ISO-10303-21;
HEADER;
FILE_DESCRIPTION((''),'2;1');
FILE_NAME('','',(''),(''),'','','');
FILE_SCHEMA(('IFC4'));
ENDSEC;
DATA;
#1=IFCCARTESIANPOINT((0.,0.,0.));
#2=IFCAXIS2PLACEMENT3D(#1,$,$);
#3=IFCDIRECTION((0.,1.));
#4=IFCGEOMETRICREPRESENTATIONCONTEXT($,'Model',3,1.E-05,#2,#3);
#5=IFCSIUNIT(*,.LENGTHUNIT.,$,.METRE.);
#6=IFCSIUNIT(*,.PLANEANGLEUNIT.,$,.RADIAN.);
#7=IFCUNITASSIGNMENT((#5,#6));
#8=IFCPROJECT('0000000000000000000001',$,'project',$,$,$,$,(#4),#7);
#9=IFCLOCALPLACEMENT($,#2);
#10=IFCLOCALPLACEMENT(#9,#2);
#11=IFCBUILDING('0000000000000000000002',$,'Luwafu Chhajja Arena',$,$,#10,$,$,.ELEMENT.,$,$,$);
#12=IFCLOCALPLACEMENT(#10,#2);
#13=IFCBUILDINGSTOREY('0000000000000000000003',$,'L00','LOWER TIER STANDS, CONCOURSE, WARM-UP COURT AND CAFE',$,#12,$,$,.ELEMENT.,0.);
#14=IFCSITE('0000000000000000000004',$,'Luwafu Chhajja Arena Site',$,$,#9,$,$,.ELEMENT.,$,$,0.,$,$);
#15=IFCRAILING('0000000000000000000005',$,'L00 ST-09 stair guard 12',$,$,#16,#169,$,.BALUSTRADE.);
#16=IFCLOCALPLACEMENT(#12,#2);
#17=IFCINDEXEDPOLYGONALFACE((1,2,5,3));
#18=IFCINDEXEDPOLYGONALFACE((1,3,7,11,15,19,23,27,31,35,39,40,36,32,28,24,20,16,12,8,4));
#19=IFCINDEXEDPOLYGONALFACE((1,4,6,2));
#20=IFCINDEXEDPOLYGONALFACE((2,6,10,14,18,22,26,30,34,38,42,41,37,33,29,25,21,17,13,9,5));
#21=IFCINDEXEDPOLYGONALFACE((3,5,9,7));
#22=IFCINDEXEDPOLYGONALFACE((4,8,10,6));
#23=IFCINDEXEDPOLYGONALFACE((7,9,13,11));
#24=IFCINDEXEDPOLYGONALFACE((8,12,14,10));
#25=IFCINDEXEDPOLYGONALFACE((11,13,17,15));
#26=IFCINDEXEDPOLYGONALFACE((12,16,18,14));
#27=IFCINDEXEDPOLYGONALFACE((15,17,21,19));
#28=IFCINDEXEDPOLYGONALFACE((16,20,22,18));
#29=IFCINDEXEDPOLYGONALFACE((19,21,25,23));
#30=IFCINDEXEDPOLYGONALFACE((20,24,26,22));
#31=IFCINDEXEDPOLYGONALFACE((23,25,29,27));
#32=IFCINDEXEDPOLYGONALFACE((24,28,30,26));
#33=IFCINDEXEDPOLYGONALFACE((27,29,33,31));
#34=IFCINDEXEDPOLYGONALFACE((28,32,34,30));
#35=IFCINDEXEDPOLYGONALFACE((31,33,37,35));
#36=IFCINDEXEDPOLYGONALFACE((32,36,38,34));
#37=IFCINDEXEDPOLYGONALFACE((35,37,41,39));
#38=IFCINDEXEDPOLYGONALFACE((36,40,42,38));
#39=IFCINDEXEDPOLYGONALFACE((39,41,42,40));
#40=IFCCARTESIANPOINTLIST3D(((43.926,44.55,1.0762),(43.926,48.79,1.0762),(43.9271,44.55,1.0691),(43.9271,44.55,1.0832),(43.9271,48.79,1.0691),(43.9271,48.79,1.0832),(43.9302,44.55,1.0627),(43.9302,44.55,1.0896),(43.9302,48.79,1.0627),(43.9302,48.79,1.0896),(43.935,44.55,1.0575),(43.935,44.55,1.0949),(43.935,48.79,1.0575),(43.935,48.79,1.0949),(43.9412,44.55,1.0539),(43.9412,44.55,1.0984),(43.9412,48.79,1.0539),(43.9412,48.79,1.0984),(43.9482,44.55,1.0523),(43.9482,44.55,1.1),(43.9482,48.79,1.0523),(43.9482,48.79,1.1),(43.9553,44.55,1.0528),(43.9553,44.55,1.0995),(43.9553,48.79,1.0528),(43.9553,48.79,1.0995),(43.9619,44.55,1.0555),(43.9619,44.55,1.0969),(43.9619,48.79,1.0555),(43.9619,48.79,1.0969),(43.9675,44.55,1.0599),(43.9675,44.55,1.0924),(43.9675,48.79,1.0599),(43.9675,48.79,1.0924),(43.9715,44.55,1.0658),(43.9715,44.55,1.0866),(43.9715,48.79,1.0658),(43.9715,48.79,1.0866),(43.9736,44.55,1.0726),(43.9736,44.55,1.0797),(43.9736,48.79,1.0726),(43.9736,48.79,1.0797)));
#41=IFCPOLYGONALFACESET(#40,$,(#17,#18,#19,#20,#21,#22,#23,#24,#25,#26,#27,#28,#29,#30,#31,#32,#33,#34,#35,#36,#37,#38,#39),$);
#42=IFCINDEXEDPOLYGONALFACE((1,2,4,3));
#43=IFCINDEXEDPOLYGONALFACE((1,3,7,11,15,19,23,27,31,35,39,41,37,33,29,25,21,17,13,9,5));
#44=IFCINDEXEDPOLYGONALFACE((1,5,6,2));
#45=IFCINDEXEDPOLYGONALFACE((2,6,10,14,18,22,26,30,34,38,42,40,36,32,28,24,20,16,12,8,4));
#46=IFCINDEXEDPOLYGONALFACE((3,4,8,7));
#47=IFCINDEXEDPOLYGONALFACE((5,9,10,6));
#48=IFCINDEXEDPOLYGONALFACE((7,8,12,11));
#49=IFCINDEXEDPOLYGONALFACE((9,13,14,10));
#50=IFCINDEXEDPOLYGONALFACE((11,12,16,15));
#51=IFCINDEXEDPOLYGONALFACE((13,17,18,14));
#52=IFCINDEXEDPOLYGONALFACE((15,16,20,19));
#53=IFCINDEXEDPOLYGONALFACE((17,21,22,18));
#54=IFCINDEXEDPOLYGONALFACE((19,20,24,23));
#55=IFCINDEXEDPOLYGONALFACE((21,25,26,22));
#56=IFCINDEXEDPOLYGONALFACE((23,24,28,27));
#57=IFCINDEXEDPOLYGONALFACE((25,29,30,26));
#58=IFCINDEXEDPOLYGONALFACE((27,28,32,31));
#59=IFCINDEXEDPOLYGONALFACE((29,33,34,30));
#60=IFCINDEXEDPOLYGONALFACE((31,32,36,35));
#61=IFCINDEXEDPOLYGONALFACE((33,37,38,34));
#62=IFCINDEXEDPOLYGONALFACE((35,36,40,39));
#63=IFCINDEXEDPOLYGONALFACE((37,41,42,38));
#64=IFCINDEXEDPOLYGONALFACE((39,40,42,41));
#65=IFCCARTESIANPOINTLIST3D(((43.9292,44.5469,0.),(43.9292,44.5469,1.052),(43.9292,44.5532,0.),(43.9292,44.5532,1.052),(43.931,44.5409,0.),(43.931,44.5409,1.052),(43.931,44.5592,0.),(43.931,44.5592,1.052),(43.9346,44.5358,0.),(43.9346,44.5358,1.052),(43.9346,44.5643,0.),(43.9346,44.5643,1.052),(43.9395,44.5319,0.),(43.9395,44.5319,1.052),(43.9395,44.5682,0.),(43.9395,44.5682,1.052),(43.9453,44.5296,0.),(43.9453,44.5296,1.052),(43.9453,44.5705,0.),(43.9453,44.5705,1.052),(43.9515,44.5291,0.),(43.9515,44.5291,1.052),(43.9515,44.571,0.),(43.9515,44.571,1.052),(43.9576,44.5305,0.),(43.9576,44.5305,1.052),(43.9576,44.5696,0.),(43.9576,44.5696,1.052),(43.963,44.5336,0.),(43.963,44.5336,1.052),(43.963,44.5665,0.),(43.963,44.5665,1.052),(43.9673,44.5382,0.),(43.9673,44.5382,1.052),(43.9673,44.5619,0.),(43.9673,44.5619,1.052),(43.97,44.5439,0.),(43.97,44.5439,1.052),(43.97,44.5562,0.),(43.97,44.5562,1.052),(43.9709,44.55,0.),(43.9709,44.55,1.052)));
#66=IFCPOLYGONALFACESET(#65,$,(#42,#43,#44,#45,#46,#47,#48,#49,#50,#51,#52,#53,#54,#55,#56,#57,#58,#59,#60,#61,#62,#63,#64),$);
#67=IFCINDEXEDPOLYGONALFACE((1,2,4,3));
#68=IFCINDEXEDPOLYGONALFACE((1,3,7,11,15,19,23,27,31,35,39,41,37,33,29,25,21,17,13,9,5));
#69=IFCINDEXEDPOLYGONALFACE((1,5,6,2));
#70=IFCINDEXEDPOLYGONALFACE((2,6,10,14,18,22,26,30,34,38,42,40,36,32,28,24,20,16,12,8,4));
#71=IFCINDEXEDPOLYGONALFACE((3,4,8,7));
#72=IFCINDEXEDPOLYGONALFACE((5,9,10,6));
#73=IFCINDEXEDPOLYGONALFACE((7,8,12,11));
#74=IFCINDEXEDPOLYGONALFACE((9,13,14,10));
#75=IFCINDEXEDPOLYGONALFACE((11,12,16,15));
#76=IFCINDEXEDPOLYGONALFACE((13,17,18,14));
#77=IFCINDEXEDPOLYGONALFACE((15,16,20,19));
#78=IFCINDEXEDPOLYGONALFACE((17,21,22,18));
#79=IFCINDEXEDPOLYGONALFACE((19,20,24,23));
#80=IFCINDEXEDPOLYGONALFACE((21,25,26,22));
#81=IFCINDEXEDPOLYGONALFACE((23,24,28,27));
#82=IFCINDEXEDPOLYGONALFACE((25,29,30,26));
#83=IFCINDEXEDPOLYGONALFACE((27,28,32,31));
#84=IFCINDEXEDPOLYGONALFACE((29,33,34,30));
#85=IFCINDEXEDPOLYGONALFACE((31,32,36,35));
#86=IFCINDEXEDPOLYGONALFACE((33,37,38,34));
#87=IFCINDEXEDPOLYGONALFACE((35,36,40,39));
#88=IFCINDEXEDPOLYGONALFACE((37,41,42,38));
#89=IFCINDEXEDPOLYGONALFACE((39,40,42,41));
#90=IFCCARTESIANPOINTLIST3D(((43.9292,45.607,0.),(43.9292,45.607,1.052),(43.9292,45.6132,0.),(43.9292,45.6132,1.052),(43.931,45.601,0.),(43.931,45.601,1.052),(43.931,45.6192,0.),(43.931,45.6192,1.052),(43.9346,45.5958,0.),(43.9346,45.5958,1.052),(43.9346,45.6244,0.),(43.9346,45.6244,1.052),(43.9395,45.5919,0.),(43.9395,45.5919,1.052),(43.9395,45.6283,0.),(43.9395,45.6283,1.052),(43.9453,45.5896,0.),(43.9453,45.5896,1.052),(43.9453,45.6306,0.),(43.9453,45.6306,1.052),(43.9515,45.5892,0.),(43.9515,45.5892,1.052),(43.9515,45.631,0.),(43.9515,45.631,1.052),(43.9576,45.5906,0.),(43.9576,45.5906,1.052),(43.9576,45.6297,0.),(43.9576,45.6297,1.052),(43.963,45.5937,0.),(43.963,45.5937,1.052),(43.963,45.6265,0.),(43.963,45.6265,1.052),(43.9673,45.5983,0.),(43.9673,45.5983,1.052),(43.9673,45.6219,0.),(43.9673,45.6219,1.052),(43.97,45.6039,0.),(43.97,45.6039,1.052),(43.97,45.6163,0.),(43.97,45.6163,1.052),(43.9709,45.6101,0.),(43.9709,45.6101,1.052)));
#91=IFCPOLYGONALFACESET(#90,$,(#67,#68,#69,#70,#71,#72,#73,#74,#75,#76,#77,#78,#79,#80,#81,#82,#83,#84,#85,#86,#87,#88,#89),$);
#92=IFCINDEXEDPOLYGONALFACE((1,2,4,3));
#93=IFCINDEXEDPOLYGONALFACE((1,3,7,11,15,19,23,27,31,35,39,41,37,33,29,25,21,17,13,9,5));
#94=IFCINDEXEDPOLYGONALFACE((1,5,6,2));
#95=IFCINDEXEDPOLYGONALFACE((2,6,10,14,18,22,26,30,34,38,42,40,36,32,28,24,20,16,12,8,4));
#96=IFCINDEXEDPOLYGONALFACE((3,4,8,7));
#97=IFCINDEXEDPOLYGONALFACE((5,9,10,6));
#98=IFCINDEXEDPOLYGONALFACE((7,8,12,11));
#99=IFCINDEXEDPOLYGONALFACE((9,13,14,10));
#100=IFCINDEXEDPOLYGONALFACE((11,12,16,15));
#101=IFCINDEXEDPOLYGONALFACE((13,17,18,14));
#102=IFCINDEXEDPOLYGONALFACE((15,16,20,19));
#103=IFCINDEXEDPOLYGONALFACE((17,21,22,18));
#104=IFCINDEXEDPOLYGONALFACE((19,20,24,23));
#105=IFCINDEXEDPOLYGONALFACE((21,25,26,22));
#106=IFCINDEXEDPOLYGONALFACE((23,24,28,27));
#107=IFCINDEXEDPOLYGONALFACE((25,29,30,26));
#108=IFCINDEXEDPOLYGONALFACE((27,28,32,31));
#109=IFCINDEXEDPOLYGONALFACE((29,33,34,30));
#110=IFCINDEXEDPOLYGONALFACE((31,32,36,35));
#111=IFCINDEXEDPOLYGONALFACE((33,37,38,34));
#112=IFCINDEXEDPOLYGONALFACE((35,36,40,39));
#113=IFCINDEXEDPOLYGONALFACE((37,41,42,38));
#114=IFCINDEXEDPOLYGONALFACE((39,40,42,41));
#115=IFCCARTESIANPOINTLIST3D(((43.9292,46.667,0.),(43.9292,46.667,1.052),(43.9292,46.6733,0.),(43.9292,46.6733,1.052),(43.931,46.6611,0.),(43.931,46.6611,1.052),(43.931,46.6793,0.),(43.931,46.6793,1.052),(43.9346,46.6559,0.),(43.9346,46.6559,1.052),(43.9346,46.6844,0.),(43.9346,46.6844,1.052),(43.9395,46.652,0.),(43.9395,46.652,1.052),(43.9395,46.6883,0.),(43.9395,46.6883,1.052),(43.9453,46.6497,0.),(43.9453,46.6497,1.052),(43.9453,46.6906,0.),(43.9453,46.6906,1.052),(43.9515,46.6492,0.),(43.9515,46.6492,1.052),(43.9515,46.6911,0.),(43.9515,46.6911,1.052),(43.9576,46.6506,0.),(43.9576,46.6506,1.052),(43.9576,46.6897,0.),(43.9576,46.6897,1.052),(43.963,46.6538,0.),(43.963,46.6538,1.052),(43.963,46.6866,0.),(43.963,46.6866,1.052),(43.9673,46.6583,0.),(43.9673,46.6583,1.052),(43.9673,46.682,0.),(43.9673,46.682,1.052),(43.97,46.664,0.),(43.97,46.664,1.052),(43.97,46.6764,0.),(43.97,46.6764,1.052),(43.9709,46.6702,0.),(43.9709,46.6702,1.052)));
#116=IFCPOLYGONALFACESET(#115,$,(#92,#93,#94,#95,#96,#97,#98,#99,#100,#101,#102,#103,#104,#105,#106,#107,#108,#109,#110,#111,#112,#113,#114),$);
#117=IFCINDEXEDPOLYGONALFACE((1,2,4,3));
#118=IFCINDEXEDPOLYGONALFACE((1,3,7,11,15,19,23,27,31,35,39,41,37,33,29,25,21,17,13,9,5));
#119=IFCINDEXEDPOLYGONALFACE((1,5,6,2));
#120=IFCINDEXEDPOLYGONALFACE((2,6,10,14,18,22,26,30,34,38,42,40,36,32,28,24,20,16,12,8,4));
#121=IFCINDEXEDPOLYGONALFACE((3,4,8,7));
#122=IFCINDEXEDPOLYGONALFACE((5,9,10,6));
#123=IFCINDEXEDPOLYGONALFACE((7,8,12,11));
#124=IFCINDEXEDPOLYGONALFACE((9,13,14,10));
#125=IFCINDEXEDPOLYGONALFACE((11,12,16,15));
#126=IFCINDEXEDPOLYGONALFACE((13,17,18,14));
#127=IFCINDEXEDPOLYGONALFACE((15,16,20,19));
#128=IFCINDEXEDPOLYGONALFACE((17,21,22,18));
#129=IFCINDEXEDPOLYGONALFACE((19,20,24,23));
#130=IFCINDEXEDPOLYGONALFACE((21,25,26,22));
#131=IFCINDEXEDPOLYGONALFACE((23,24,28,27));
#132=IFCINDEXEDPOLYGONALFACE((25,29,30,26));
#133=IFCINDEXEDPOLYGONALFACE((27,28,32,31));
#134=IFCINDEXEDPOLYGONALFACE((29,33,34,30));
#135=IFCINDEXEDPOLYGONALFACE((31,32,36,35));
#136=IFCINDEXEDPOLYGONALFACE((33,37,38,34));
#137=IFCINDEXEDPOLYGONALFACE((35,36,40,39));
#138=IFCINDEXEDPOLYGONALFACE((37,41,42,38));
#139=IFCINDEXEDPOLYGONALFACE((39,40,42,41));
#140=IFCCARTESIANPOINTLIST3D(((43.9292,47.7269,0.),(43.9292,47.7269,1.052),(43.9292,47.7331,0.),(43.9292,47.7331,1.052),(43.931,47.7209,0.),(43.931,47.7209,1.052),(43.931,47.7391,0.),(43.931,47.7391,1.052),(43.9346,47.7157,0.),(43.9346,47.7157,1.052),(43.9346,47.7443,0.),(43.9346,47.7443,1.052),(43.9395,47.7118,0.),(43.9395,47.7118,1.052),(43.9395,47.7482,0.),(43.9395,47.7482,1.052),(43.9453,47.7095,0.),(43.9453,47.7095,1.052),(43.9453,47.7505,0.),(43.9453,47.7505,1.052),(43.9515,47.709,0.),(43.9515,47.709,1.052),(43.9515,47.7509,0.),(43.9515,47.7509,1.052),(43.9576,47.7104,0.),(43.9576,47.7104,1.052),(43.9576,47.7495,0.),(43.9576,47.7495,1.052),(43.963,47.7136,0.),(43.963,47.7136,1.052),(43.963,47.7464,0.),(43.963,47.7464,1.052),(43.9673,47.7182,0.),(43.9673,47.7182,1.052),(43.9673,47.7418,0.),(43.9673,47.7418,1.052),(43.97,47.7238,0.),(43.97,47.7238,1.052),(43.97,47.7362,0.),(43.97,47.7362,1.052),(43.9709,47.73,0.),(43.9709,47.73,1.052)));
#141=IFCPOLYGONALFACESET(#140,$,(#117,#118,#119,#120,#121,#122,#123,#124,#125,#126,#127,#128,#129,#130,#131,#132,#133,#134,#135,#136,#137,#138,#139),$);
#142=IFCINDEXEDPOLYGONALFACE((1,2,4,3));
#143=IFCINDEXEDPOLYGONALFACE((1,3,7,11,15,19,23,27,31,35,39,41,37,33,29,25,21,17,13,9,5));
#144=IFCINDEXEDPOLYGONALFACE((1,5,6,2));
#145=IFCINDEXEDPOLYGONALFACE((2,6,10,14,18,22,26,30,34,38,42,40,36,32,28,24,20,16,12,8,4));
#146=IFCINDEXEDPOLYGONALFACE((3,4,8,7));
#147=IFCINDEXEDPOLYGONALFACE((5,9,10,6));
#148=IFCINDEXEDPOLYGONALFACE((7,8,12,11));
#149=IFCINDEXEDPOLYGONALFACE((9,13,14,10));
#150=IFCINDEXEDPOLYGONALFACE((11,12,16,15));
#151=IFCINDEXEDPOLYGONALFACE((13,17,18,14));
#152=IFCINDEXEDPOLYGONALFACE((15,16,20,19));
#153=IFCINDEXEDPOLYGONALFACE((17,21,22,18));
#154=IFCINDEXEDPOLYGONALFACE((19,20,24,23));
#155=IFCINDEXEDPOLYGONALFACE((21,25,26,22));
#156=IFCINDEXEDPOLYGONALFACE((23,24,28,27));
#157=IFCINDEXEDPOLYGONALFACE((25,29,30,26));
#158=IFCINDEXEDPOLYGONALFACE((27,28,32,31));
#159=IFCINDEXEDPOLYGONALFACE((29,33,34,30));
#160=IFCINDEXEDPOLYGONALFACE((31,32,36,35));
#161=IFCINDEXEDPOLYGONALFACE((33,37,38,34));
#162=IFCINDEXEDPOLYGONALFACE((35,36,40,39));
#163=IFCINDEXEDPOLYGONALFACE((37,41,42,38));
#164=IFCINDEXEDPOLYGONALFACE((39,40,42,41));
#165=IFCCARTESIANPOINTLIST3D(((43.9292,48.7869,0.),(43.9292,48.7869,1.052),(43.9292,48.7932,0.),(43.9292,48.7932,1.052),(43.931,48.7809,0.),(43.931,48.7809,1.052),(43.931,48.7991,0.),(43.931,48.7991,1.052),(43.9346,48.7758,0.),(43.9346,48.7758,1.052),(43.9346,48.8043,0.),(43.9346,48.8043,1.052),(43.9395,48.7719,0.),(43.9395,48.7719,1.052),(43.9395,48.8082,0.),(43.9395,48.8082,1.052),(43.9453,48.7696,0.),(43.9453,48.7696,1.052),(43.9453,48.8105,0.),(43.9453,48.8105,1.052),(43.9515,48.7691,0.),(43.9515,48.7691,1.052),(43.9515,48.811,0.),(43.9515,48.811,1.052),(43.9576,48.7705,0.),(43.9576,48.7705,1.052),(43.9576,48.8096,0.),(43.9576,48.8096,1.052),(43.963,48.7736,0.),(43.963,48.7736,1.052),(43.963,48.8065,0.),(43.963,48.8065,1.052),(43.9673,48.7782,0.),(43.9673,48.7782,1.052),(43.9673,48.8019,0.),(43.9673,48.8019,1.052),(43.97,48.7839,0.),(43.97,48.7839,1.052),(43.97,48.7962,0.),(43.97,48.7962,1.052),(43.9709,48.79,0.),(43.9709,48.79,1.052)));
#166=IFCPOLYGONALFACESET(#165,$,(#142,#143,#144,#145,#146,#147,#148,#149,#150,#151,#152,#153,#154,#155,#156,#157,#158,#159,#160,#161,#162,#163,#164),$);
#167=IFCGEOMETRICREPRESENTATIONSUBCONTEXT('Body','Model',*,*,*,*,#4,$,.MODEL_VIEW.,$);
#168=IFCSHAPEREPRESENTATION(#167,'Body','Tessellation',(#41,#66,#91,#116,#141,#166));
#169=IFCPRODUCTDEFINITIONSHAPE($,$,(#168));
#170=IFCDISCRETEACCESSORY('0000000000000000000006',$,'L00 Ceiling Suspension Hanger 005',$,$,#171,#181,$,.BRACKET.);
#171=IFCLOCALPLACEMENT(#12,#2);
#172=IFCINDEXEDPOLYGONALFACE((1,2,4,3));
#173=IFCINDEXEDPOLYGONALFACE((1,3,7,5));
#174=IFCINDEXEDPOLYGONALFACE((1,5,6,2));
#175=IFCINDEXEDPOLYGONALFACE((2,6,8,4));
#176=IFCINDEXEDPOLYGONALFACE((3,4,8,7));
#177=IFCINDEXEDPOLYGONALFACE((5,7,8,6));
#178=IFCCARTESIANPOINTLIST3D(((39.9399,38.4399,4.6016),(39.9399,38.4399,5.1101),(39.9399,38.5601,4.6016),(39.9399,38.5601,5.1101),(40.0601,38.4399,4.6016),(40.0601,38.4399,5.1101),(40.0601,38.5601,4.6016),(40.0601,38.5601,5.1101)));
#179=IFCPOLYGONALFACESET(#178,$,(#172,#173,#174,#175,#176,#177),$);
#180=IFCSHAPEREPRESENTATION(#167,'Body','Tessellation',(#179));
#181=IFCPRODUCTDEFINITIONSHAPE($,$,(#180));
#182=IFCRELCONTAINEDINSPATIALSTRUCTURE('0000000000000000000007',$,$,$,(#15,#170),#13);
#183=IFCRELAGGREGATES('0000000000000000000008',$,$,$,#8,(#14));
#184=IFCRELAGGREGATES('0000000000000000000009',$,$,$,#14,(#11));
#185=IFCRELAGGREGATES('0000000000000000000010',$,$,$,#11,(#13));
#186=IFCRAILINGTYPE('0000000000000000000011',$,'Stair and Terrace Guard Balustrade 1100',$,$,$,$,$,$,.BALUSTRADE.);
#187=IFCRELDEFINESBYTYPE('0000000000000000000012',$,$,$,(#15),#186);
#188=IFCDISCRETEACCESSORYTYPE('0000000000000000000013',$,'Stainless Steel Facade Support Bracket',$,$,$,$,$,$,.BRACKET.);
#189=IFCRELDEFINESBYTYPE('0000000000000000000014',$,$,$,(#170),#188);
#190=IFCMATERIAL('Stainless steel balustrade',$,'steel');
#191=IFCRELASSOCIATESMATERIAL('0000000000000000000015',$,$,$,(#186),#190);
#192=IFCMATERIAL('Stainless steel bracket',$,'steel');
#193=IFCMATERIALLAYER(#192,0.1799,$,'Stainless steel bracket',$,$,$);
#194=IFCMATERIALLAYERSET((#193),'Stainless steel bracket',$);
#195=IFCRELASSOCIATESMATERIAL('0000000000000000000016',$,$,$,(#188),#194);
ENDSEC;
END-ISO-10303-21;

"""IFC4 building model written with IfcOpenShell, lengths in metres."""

from ifc_helpers import new_model, si_unit, direction, frame, origin, origin_2d, place, context, subcontext, project, spatial, rectangle, circle, extrude, material, layer, layer_set, type_object, element, save


model = new_model("IFC4")

# Units and contexts
model_context = context("Model", 3, precision=1e-05, world=origin(), true_north=direction((0.0, 1.0)))
body_context = subcontext(model_context, "Body", "Model", "MODEL_VIEW")
ifc_project = project(units=[si_unit("LENGTHUNIT", "METRE"), si_unit("PLANEANGLEUNIT", "RADIAN")], contexts=[model_context])

# Site, building, storey
site_placement = place(None, origin())
site = spatial("IfcSite", under=ifc_project, at=site_placement, Name="Luwafu Chhajja Arena Site", CompositionType="ELEMENT", RefElevation=0.0)
building_placement = place(site_placement, origin())
building = spatial("IfcBuilding", under=site, at=building_placement, Name="Luwafu Chhajja Arena", CompositionType="ELEMENT")
storey_placement = place(building_placement, origin())
storey = spatial("IfcBuildingStorey", under=building, at=storey_placement, Name="L00", Description="LOWER TIER STANDS, CONCOURSE, WARM-UP COURT AND CAFE", CompositionType="ELEMENT", Elevation=0.0)

# Railing
ifc_material_1 = material(Name="Stainless steel balustrade", Category="steel")
railing_type = type_object("IfcRailingType", Name="Stair and Terrace Guard Balustrade 1100", PredefinedType="BALUSTRADE", material=ifc_material_1)
railing_1_placement = place(storey_placement, frame((43.95, 44.55, 0.0)))
element("IfcRailing", 1, at=railing_1_placement, inside=storey, type_object=railing_type, Name="L00 ST-09 stair guard 12", PredefinedType="BALUSTRADE", context=body_context, shape_type="SweptSolid", body=[
    extrude(circle(Radius=0.0239, at=origin_2d()), frame((0.0, 0.0, 1.0762), z_axis=(0.0, 1.0, 0.0), x_axis=(-1.0, 0.0, 0.0)), (0.0, 0.0, 1.0), 4.24),
    extrude(circle(Radius=0.021, at=origin_2d()), origin(), (0.0, 0.0, 1.0), 1.052),
    extrude(circle(Radius=0.021, at=origin_2d()), frame((0.0, 1.0601, 0.0)), (0.0, 0.0, 1.0), 1.052),
    extrude(circle(Radius=0.021, at=origin_2d()), frame((0.0, 2.1201, 0.0)), (0.0, 0.0, 1.0), 1.052),
    extrude(circle(Radius=0.021, at=origin_2d()), frame((0.0, 3.1799, 0.0)), (0.0, 0.0, 1.0), 1.052),
    extrude(circle(Radius=0.021, at=origin_2d()), frame((0.0, 4.24, 0.0)), (0.0, 0.0, 1.0), 1.052),
])

# Discrete accessory
ifc_material_2 = material(Name="Stainless steel bracket", Category="steel")
ifc_layer_1 = layer(ifc_material_2, 0.1799, Name="Stainless steel bracket")
ifc_layer_set_1 = layer_set([ifc_layer_1], Name="Stainless steel bracket")
discrete_accessory_type = type_object("IfcDiscreteAccessoryType", Name="Stainless Steel Facade Support Bracket", PredefinedType="BRACKET", material=ifc_layer_set_1)
discrete_accessory_placement = place(storey_placement, frame((40.0, 38.5, 4.6016), z_axis=(0.0, 0.0, 1.0), x_axis=(1.0, 0.0, 0.0)))
element("IfcDiscreteAccessory", 2, at=discrete_accessory_placement, inside=storey, type_object=discrete_accessory_type, Name="L00 Ceiling Suspension Hanger 005", PredefinedType="BRACKET", context=body_context, shape_type="SweptSolid", body=[
    extrude(rectangle(XDim=0.1201, YDim=0.1201, at=origin_2d()), origin(), (0.0, 0.0, 1.0), 0.5085),
])

save(model, "model.ifc")
